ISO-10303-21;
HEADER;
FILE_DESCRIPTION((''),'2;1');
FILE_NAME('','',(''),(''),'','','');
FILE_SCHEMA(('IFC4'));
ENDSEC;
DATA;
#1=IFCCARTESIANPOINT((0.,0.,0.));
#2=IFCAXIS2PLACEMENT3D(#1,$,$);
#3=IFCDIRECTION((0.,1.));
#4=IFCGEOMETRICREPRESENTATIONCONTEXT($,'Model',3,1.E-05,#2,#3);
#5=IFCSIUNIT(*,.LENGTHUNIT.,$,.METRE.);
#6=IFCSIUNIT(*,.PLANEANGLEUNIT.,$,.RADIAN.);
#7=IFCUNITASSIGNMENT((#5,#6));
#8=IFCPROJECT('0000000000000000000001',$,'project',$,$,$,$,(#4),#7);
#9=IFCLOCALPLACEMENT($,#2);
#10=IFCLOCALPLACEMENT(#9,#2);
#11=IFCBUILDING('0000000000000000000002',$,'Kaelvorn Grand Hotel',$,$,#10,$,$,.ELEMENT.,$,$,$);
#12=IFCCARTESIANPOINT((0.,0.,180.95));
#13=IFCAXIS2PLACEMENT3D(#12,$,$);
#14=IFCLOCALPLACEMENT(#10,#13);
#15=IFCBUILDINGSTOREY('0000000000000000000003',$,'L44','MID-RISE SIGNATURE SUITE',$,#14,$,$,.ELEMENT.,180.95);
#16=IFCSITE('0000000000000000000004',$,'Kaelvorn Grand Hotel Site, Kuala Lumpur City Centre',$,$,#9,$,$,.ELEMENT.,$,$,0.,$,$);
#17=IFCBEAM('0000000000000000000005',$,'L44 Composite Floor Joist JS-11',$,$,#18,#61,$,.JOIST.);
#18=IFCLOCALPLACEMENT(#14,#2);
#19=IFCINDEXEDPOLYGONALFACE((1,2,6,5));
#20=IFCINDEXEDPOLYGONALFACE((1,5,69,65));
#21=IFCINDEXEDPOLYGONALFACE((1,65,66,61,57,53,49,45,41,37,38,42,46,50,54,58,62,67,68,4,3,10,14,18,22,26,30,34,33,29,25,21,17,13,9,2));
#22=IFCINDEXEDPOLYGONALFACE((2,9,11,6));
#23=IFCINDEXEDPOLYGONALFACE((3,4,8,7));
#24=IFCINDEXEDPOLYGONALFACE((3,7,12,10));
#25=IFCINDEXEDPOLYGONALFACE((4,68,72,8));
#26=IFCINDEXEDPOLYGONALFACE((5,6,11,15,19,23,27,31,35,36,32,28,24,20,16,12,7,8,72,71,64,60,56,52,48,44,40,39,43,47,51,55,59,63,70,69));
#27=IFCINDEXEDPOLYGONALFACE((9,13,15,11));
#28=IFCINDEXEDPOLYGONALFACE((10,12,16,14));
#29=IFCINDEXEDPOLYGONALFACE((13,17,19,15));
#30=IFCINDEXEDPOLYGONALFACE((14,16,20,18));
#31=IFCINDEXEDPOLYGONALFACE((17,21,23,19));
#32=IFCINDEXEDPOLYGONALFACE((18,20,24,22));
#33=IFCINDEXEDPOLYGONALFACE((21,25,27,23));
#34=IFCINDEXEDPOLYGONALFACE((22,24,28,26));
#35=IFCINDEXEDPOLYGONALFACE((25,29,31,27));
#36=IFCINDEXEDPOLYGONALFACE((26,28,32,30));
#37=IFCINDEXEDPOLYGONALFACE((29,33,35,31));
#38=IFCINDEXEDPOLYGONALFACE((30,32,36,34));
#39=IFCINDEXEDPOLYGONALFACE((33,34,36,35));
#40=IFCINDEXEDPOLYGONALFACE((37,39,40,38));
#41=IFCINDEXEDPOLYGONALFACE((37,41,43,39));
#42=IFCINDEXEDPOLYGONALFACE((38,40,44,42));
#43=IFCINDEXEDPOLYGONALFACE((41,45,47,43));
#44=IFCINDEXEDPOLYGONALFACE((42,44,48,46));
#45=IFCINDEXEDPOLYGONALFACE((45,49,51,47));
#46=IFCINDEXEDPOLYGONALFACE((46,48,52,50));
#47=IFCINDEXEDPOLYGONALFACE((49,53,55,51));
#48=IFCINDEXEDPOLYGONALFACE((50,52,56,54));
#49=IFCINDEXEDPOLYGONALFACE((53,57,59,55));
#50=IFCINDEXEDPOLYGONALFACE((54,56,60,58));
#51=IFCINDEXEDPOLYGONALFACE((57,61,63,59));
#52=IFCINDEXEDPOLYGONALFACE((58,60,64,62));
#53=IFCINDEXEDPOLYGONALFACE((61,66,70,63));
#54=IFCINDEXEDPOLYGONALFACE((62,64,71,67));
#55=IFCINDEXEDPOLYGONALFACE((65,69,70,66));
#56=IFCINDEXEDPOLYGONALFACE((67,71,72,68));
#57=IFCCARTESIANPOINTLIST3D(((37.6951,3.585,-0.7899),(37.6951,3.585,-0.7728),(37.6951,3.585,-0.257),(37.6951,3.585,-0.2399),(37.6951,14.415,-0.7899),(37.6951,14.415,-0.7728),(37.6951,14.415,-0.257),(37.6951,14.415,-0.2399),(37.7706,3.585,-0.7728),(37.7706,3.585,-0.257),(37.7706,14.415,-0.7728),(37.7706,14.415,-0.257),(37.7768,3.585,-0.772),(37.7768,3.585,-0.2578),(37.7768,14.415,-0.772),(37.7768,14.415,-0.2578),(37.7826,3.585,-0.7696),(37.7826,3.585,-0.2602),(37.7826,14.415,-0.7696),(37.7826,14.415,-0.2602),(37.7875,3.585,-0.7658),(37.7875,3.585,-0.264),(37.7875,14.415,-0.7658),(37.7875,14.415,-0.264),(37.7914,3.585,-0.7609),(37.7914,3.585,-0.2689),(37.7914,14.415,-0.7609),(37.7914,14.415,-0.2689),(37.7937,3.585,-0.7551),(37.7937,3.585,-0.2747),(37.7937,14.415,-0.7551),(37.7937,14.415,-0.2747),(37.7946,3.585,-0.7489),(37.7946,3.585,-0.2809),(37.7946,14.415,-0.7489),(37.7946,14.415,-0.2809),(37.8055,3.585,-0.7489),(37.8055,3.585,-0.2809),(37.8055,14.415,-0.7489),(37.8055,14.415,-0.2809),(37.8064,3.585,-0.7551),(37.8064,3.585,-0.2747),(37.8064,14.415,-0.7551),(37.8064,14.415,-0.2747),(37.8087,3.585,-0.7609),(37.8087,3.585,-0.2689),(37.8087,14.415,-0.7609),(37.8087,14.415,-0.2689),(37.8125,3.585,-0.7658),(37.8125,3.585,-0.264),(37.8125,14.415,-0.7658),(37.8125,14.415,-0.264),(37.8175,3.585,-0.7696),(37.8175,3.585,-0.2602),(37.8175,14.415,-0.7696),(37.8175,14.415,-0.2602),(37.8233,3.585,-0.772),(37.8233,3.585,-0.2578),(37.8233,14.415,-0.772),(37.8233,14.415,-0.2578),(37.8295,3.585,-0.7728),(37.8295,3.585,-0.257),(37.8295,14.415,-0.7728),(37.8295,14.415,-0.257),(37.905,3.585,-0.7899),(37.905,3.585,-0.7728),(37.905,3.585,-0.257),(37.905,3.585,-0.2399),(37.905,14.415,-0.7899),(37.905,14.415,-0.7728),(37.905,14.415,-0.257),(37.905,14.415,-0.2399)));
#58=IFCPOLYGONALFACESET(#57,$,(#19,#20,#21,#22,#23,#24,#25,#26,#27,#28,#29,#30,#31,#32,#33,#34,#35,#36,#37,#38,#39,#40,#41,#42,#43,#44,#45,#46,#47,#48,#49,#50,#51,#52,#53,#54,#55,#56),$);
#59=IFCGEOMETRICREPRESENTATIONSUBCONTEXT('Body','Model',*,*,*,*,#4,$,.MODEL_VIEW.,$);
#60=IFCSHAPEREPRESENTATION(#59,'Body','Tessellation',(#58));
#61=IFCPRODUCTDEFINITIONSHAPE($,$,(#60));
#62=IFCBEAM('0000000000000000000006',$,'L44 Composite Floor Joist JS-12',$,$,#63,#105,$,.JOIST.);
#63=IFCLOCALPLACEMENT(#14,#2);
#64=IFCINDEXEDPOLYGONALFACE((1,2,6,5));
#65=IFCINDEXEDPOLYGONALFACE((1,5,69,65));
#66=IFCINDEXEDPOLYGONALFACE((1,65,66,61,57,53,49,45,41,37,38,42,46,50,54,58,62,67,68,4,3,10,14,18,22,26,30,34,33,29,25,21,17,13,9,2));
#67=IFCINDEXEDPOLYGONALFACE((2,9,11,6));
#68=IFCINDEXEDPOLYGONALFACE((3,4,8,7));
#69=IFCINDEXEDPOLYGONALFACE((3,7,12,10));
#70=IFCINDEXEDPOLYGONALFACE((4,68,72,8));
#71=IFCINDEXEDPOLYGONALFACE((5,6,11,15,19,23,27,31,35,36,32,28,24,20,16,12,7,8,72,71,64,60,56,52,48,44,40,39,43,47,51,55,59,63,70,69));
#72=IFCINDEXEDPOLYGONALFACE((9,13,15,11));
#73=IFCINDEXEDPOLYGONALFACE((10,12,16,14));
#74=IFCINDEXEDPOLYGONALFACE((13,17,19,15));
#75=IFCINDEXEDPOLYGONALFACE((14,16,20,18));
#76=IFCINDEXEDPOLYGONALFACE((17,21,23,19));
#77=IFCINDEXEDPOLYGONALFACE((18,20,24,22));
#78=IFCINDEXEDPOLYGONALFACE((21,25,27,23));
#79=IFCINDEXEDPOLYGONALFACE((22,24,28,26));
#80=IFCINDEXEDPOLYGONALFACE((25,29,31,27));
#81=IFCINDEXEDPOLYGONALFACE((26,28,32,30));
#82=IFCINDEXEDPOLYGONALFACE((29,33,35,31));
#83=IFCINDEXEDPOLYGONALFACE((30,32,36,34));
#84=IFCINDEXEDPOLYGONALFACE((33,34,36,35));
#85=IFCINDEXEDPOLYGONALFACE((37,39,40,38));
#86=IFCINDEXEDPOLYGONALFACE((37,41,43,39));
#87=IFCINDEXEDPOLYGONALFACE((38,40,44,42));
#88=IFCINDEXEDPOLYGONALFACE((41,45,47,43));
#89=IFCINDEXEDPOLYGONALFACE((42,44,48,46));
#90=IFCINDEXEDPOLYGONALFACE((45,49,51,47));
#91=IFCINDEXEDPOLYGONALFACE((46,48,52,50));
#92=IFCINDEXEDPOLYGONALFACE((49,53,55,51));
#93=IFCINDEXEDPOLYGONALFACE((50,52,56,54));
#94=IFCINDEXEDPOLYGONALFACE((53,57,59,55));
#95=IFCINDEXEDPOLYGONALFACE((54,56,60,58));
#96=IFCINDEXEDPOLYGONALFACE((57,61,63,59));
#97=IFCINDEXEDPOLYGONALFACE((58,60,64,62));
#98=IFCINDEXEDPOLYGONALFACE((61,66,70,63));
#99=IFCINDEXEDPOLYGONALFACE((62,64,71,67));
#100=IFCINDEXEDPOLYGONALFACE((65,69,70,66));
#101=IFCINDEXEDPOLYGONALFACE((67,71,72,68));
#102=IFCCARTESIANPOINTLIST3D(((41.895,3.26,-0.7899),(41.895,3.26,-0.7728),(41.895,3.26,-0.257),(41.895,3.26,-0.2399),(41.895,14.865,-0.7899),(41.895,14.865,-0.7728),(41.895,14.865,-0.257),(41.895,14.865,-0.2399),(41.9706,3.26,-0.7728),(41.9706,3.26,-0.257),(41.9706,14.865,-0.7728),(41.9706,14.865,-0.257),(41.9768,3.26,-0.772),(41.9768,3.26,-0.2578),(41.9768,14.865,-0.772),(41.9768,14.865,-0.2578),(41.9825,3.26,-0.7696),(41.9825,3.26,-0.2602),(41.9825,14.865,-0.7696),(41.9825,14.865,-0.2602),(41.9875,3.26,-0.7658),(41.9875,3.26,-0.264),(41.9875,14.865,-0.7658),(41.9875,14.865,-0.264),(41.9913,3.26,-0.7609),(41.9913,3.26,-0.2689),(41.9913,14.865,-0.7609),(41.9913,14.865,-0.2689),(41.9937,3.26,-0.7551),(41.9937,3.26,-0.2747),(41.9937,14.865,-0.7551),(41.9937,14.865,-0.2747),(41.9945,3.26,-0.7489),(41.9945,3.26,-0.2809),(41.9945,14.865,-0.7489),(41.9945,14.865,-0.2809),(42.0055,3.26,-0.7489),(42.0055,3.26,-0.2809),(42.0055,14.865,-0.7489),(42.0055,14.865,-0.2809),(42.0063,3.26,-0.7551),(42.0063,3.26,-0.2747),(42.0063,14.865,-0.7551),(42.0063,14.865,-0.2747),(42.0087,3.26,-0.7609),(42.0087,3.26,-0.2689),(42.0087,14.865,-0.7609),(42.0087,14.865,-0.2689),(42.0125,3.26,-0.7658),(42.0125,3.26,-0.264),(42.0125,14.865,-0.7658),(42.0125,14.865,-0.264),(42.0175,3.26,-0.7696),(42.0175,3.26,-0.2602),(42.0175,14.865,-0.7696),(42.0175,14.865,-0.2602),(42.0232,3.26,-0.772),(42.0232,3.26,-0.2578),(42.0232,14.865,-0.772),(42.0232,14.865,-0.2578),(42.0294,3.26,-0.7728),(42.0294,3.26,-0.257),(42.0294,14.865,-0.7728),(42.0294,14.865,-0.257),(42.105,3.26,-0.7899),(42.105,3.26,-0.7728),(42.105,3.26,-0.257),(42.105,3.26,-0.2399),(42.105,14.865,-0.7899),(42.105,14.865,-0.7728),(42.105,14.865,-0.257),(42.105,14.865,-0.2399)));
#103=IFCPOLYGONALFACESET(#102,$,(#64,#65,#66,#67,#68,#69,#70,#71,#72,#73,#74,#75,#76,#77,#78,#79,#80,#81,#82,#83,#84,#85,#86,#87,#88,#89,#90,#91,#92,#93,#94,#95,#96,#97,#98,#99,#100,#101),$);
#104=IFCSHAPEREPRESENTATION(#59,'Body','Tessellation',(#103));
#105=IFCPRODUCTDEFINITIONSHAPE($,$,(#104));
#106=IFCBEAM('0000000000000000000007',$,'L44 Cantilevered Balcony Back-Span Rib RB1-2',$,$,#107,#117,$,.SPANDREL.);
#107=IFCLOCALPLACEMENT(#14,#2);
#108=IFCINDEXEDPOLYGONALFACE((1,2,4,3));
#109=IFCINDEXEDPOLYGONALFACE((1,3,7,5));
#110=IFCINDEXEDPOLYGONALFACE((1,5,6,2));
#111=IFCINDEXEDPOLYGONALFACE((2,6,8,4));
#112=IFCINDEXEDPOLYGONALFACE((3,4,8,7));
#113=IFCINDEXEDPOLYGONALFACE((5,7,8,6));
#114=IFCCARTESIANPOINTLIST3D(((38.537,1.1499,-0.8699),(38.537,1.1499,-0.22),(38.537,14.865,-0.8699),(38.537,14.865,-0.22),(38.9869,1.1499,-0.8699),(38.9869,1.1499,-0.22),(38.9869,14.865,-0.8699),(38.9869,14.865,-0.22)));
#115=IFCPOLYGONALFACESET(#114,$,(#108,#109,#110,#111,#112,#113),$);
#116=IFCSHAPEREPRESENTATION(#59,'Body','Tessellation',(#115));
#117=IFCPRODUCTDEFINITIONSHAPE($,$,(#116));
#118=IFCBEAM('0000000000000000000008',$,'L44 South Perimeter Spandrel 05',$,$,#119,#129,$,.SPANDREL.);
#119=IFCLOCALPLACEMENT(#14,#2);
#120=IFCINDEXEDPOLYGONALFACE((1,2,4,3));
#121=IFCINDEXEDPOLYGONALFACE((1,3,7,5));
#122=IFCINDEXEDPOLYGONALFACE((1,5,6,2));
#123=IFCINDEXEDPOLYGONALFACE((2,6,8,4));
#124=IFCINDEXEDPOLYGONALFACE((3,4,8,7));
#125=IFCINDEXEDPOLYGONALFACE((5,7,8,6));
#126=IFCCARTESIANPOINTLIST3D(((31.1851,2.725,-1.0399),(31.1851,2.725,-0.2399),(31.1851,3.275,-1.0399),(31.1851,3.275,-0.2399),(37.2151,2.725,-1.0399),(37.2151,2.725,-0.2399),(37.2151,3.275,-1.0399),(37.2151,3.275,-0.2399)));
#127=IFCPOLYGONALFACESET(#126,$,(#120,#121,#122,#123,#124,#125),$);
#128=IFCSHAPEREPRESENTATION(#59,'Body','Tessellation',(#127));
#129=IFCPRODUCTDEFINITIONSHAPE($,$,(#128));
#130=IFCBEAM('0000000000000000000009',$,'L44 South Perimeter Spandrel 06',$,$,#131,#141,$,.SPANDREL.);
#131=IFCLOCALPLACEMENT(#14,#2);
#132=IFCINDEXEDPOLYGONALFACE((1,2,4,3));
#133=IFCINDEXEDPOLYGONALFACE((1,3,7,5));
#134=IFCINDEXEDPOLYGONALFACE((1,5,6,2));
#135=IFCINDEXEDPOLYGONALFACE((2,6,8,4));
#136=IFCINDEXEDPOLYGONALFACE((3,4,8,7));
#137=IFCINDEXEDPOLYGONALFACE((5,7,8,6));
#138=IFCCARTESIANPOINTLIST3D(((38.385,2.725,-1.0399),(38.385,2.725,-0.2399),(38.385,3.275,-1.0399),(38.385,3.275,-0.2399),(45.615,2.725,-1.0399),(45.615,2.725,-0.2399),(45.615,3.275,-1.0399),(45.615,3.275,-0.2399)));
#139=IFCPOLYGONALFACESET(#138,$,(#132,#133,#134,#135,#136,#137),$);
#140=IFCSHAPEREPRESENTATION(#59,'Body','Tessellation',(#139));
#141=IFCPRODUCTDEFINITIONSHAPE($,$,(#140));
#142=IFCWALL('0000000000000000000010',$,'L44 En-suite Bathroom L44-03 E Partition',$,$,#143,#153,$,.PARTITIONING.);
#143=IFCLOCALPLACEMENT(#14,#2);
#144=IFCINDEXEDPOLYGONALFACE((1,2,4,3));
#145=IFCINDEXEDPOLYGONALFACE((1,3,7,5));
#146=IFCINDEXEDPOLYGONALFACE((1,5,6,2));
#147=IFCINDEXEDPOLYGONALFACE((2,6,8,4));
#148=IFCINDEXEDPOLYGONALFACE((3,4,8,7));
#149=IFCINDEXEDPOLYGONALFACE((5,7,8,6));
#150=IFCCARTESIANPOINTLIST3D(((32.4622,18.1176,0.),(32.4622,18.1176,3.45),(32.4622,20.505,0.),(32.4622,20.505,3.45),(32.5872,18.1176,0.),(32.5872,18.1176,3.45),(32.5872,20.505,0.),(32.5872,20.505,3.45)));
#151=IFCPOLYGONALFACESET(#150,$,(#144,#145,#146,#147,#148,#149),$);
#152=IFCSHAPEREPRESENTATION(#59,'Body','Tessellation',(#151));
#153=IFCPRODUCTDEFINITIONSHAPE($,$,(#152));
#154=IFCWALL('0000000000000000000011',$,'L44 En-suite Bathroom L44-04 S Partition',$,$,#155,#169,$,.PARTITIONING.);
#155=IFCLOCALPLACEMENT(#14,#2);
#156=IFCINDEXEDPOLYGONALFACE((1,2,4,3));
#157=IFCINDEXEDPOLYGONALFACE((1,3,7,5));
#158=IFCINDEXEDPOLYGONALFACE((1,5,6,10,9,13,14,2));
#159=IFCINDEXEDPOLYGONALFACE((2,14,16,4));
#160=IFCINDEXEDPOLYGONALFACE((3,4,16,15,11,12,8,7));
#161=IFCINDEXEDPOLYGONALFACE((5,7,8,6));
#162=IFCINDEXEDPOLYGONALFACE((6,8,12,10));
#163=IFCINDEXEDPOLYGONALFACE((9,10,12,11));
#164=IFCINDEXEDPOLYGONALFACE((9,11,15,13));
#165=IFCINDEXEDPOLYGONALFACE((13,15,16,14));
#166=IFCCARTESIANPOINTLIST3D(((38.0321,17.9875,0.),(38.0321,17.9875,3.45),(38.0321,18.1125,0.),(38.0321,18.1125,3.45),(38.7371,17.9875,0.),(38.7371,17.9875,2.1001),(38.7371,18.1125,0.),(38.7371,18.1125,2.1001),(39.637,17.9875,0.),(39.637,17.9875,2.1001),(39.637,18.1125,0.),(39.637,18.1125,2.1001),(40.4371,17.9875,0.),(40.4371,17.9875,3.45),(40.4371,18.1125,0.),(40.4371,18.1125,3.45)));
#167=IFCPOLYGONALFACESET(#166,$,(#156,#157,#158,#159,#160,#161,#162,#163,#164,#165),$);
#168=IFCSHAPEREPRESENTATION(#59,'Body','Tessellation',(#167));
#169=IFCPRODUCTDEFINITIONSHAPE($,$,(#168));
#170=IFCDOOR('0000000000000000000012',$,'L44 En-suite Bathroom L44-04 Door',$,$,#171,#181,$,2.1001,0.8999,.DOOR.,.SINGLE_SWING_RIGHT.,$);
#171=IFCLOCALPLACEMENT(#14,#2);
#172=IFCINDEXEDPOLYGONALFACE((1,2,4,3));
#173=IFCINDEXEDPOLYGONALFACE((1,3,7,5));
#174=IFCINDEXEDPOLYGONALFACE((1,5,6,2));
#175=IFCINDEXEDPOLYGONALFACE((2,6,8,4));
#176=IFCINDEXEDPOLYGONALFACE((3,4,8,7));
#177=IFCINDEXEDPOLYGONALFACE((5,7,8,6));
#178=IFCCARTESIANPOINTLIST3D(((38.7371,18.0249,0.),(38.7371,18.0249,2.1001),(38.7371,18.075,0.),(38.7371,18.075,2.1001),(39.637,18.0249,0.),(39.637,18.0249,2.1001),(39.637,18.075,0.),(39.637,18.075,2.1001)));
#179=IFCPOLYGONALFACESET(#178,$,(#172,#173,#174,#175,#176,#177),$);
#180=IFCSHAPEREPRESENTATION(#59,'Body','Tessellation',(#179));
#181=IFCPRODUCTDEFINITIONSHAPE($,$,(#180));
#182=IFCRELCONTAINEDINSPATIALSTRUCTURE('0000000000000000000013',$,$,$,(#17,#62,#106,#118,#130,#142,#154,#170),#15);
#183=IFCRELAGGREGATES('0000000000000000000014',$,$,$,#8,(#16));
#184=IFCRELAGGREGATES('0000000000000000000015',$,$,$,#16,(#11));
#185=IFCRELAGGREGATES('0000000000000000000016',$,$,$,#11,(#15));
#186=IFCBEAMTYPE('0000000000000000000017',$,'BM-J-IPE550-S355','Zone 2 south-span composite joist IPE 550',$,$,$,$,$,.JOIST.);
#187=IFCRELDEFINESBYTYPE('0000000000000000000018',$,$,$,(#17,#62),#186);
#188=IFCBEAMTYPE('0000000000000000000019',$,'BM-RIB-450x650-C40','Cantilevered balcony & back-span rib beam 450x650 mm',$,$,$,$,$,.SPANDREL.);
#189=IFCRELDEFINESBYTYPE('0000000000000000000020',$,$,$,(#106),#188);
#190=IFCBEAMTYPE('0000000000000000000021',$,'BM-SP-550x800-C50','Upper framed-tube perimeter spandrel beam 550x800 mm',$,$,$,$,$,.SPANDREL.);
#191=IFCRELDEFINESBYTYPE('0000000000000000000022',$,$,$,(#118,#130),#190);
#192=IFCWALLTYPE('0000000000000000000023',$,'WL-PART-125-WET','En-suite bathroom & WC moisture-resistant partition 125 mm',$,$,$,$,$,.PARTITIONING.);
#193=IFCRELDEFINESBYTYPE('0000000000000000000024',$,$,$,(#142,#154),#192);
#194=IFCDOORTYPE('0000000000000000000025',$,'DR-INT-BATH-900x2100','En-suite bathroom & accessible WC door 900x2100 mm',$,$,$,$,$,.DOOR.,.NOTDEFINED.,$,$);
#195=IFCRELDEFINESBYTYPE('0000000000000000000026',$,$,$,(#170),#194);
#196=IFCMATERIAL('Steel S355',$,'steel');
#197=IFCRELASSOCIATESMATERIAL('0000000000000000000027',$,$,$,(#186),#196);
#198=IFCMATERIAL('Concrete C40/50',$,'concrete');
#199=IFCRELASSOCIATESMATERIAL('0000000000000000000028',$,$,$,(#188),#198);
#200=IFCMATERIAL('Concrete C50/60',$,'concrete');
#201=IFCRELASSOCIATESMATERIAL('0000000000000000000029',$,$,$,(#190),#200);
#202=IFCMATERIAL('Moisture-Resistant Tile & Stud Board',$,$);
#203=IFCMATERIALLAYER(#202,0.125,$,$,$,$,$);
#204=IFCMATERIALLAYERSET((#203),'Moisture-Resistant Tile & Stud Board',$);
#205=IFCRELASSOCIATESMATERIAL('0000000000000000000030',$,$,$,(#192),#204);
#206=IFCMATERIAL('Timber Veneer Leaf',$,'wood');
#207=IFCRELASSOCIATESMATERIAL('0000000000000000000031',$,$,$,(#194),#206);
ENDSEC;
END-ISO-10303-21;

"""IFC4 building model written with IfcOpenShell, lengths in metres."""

from ifc_helpers import new_model, si_unit, direction, frame, frame_2d, origin, origin_2d, place, context, subcontext, project, spatial, rectangle, i_section, extrude, material, layer, layer_set, material_profile, profile_set, type_object, element, fill, save


model = new_model("IFC4")

# Units and contexts
model_context = context("Model", 3, precision=1e-05, world=origin(), true_north=direction((0.0, 1.0)))
body_context = subcontext(model_context, "Body", "Model", "MODEL_VIEW")
ifc_project = project(units=[si_unit("LENGTHUNIT", "METRE"), si_unit("PLANEANGLEUNIT", "RADIAN")], contexts=[model_context])

# Site, building, storey
site_placement = place(None, origin())
site = spatial("IfcSite", under=ifc_project, at=site_placement, Name="Kaelvorn Grand Hotel Site, Kuala Lumpur City Centre", CompositionType="ELEMENT", RefElevation=0.0)
building_placement = place(site_placement, origin())
building = spatial("IfcBuilding", under=site, at=building_placement, Name="Kaelvorn Grand Hotel", CompositionType="ELEMENT")
storey_placement = place(building_placement, frame((0.0, 0.0, 180.95)))
storey = spatial("IfcBuildingStorey", under=building, at=storey_placement, Name="L44", Description="MID-RISE SIGNATURE SUITE", CompositionType="ELEMENT", Elevation=180.95)

# Beams
ifc_material_1 = material(Name="Steel S355", Category="steel")
ifc_material_profile_1 = material_profile(ifc_material_1, i_section(OverallWidth=0.21, OverallDepth=0.55, WebThickness=0.011, FlangeThickness=0.0171, FilletRadius=0.0239, at=origin_2d()), Name="IPE 550")
ifc_profile_set_1 = profile_set([ifc_material_profile_1], Name="Steel S355")
beam_type_1 = type_object("IfcBeamType", Name="BM-J-IPE550-S355", Description="Zone 2 south-span composite joist IPE 550", PredefinedType="JOIST", material=ifc_profile_set_1)
beam_1_placement = place(storey_placement, frame((37.8, 3.585, -0.5149), z_axis=(0.0, 1.0, 0.0), x_axis=(-1.0, 0.0, 0.0)))
element("IfcBeam", 1, at=beam_1_placement, inside=storey, type_object=beam_type_1, Name="L44 Composite Floor Joist JS-11", PredefinedType="JOIST", context=body_context, shape_type="SweptSolid", body=[
    extrude(i_section(OverallWidth=0.21, OverallDepth=0.55, WebThickness=0.011, FlangeThickness=0.0171, FilletRadius=0.0239, at=origin_2d()), origin(), (0.0, 0.0, 1.0), 10.8301),
])
beam_2_placement = place(storey_placement, frame((42.0, 3.26, -0.5149), z_axis=(0.0, 1.0, 0.0), x_axis=(-1.0, 0.0, 0.0)))
element("IfcBeam", 2, at=beam_2_placement, inside=storey, type_object=beam_type_1, Name="L44 Composite Floor Joist JS-12", PredefinedType="JOIST", context=body_context, shape_type="SweptSolid", body=[
    extrude(i_section(OverallWidth=0.21, OverallDepth=0.55, WebThickness=0.011, FlangeThickness=0.0171, FilletRadius=0.0239, at=origin_2d()), origin(), (0.0, 0.0, 1.0), 11.605),
])
ifc_material_2 = material(Name="Concrete C40/50", Category="concrete")
ifc_material_profile_2 = material_profile(ifc_material_2, rectangle(XDim=0.45, YDim=0.6499, at=origin_2d()), Name="RC RIB 450x650")
ifc_profile_set_2 = profile_set([ifc_material_profile_2], Name="Concrete C40/50")
beam_type_2 = type_object("IfcBeamType", Name="BM-RIB-450x650-C40", Description="Cantilevered balcony & back-span rib beam 450x650 mm", PredefinedType="SPANDREL", material=ifc_profile_set_2)
beam_3_placement = place(storey_placement, frame((38.762, 1.1499, -0.5449), z_axis=(0.0, 1.0, 0.0), x_axis=(-1.0, 0.0, 0.0)))
element("IfcBeam", 3, at=beam_3_placement, inside=storey, type_object=beam_type_2, Name="L44 Cantilevered Balcony Back-Span Rib RB1-2", PredefinedType="SPANDREL", context=body_context, shape_type="SweptSolid", body=[
    extrude(rectangle(XDim=0.45, YDim=0.6499, at=origin_2d()), origin(), (0.0, 0.0, 1.0), 13.7151),
])
ifc_material_3 = material(Name="Concrete C50/60", Category="concrete")
ifc_material_profile_3 = material_profile(ifc_material_3, rectangle(XDim=0.55, YDim=0.8, at=origin_2d()), Name="RC SPANDREL 550x800")
ifc_profile_set_3 = profile_set([ifc_material_profile_3], Name="Concrete C50/60")
beam_type_3 = type_object("IfcBeamType", Name="BM-SP-550x800-C50", Description="Upper framed-tube perimeter spandrel beam 550x800 mm", PredefinedType="SPANDREL", material=ifc_profile_set_3)
beam_4_placement = place(storey_placement, frame((31.1851, 3.0, -0.6399), z_axis=(1.0, 0.0, 0.0), x_axis=(0.0, 1.0, 0.0)))
element("IfcBeam", 4, at=beam_4_placement, inside=storey, type_object=beam_type_3, Name="L44 South Perimeter Spandrel 05", PredefinedType="SPANDREL", context=body_context, shape_type="SweptSolid", body=[
    extrude(rectangle(XDim=0.55, YDim=0.8, at=origin_2d()), origin(), (0.0, 0.0, 1.0), 6.03),
])
beam_5_placement = place(storey_placement, frame((38.385, 3.0, -0.6399), z_axis=(1.0, 0.0, 0.0), x_axis=(0.0, 1.0, 0.0)))
element("IfcBeam", 5, at=beam_5_placement, inside=storey, type_object=beam_type_3, Name="L44 South Perimeter Spandrel 06", PredefinedType="SPANDREL", context=body_context, shape_type="SweptSolid", body=[
    extrude(rectangle(XDim=0.55, YDim=0.8, at=origin_2d()), origin(), (0.0, 0.0, 1.0), 7.23),
])

# Wall
ifc_material_4 = material(Name="Moisture-Resistant Tile & Stud Board")
ifc_layer_1 = layer(ifc_material_4, 0.125)
ifc_layer_set_1 = layer_set([ifc_layer_1], Name="Moisture-Resistant Tile & Stud Board")
wall_type_1 = type_object("IfcWallType", Name="WL-PART-125-WET", Description="En-suite bathroom & WC moisture-resistant partition 125 mm", PredefinedType="PARTITIONING", material=ifc_layer_set_1)
wall_1_placement = place(storey_placement, frame((32.5247, 18.1174, 0.0), z_axis=(0.0, 0.0, 1.0), x_axis=(0.0, 1.0, 0.0)))
element("IfcWall", 6, at=wall_1_placement, inside=storey, type_object=wall_type_1, Name="L44 En-suite Bathroom L44-03 E Partition", PredefinedType="PARTITIONING", context=body_context, shape_type="SweptSolid", body=[
    extrude(rectangle(XDim=2.3875, YDim=0.125, at=frame_2d((1.1938, 0.0))), origin(), (0.0, 0.0, 1.0), 3.45),
])

# Wall, opening, door
wall_2_placement = place(storey_placement, frame((38.032, 18.05, 0.0), z_axis=(0.0, 0.0, 1.0), x_axis=(1.0, 0.0, 0.0)))
wall_2 = element("IfcWall", 7, at=wall_2_placement, inside=storey, type_object=wall_type_1, Name="L44 En-suite Bathroom L44-04 S Partition", PredefinedType="PARTITIONING", context=body_context, shape_type="SweptSolid", body=[
    extrude(rectangle(XDim=2.405, YDim=0.125, at=frame_2d((1.2026, 0.0))), origin(), (0.0, 0.0, 1.0), 3.45),
])
opening_1_placement = place(wall_2_placement, frame((0.7051, 0.0, 0.0)))
opening_1 = element("IfcOpeningElement", 8, at=opening_1_placement, cuts=wall_2, PredefinedType="OPENING", context=body_context, shape_type="SweptSolid", body=[
    extrude(rectangle(XDim=0.8999, YDim=2.1001, at=frame_2d((0.45, 1.05))), frame((0.0, 0.0725, 0.0), z_axis=(0.0, -1.0, 0.0), x_axis=(1.0, 0.0, 0.0)), (0.0, 0.0, 1.0), 0.145),
])
ifc_material_5 = material(Name="Timber Veneer Leaf", Category="wood")
door_type_1 = type_object("IfcDoorType", Name="DR-INT-BATH-900x2100", Description="En-suite bathroom & accessible WC door 900x2100 mm", OperationType="NOTDEFINED", PredefinedType="DOOR", material=ifc_material_5)
door_1_placement = place(opening_1_placement, origin())
door_1 = element("IfcDoor", 9, at=door_1_placement, inside=storey, type_object=door_type_1, Name="L44 En-suite Bathroom L44-04 Door", OperationType="SINGLE_SWING_RIGHT", OverallHeight=2.1001, OverallWidth=0.8999, PredefinedType="DOOR", context=body_context, shape_type="SweptSolid", body=[
    extrude(rectangle(XDim=0.8999, YDim=2.1001, at=frame_2d((0.45, 1.05))), frame((0.0, 0.0249, 0.0), z_axis=(0.0, -1.0, 0.0), x_axis=(1.0, 0.0, 0.0)), (0.0, 0.0, 1.0), 0.05),
])
fill(opening_1, door_1)

save(model, "model.ifc")
